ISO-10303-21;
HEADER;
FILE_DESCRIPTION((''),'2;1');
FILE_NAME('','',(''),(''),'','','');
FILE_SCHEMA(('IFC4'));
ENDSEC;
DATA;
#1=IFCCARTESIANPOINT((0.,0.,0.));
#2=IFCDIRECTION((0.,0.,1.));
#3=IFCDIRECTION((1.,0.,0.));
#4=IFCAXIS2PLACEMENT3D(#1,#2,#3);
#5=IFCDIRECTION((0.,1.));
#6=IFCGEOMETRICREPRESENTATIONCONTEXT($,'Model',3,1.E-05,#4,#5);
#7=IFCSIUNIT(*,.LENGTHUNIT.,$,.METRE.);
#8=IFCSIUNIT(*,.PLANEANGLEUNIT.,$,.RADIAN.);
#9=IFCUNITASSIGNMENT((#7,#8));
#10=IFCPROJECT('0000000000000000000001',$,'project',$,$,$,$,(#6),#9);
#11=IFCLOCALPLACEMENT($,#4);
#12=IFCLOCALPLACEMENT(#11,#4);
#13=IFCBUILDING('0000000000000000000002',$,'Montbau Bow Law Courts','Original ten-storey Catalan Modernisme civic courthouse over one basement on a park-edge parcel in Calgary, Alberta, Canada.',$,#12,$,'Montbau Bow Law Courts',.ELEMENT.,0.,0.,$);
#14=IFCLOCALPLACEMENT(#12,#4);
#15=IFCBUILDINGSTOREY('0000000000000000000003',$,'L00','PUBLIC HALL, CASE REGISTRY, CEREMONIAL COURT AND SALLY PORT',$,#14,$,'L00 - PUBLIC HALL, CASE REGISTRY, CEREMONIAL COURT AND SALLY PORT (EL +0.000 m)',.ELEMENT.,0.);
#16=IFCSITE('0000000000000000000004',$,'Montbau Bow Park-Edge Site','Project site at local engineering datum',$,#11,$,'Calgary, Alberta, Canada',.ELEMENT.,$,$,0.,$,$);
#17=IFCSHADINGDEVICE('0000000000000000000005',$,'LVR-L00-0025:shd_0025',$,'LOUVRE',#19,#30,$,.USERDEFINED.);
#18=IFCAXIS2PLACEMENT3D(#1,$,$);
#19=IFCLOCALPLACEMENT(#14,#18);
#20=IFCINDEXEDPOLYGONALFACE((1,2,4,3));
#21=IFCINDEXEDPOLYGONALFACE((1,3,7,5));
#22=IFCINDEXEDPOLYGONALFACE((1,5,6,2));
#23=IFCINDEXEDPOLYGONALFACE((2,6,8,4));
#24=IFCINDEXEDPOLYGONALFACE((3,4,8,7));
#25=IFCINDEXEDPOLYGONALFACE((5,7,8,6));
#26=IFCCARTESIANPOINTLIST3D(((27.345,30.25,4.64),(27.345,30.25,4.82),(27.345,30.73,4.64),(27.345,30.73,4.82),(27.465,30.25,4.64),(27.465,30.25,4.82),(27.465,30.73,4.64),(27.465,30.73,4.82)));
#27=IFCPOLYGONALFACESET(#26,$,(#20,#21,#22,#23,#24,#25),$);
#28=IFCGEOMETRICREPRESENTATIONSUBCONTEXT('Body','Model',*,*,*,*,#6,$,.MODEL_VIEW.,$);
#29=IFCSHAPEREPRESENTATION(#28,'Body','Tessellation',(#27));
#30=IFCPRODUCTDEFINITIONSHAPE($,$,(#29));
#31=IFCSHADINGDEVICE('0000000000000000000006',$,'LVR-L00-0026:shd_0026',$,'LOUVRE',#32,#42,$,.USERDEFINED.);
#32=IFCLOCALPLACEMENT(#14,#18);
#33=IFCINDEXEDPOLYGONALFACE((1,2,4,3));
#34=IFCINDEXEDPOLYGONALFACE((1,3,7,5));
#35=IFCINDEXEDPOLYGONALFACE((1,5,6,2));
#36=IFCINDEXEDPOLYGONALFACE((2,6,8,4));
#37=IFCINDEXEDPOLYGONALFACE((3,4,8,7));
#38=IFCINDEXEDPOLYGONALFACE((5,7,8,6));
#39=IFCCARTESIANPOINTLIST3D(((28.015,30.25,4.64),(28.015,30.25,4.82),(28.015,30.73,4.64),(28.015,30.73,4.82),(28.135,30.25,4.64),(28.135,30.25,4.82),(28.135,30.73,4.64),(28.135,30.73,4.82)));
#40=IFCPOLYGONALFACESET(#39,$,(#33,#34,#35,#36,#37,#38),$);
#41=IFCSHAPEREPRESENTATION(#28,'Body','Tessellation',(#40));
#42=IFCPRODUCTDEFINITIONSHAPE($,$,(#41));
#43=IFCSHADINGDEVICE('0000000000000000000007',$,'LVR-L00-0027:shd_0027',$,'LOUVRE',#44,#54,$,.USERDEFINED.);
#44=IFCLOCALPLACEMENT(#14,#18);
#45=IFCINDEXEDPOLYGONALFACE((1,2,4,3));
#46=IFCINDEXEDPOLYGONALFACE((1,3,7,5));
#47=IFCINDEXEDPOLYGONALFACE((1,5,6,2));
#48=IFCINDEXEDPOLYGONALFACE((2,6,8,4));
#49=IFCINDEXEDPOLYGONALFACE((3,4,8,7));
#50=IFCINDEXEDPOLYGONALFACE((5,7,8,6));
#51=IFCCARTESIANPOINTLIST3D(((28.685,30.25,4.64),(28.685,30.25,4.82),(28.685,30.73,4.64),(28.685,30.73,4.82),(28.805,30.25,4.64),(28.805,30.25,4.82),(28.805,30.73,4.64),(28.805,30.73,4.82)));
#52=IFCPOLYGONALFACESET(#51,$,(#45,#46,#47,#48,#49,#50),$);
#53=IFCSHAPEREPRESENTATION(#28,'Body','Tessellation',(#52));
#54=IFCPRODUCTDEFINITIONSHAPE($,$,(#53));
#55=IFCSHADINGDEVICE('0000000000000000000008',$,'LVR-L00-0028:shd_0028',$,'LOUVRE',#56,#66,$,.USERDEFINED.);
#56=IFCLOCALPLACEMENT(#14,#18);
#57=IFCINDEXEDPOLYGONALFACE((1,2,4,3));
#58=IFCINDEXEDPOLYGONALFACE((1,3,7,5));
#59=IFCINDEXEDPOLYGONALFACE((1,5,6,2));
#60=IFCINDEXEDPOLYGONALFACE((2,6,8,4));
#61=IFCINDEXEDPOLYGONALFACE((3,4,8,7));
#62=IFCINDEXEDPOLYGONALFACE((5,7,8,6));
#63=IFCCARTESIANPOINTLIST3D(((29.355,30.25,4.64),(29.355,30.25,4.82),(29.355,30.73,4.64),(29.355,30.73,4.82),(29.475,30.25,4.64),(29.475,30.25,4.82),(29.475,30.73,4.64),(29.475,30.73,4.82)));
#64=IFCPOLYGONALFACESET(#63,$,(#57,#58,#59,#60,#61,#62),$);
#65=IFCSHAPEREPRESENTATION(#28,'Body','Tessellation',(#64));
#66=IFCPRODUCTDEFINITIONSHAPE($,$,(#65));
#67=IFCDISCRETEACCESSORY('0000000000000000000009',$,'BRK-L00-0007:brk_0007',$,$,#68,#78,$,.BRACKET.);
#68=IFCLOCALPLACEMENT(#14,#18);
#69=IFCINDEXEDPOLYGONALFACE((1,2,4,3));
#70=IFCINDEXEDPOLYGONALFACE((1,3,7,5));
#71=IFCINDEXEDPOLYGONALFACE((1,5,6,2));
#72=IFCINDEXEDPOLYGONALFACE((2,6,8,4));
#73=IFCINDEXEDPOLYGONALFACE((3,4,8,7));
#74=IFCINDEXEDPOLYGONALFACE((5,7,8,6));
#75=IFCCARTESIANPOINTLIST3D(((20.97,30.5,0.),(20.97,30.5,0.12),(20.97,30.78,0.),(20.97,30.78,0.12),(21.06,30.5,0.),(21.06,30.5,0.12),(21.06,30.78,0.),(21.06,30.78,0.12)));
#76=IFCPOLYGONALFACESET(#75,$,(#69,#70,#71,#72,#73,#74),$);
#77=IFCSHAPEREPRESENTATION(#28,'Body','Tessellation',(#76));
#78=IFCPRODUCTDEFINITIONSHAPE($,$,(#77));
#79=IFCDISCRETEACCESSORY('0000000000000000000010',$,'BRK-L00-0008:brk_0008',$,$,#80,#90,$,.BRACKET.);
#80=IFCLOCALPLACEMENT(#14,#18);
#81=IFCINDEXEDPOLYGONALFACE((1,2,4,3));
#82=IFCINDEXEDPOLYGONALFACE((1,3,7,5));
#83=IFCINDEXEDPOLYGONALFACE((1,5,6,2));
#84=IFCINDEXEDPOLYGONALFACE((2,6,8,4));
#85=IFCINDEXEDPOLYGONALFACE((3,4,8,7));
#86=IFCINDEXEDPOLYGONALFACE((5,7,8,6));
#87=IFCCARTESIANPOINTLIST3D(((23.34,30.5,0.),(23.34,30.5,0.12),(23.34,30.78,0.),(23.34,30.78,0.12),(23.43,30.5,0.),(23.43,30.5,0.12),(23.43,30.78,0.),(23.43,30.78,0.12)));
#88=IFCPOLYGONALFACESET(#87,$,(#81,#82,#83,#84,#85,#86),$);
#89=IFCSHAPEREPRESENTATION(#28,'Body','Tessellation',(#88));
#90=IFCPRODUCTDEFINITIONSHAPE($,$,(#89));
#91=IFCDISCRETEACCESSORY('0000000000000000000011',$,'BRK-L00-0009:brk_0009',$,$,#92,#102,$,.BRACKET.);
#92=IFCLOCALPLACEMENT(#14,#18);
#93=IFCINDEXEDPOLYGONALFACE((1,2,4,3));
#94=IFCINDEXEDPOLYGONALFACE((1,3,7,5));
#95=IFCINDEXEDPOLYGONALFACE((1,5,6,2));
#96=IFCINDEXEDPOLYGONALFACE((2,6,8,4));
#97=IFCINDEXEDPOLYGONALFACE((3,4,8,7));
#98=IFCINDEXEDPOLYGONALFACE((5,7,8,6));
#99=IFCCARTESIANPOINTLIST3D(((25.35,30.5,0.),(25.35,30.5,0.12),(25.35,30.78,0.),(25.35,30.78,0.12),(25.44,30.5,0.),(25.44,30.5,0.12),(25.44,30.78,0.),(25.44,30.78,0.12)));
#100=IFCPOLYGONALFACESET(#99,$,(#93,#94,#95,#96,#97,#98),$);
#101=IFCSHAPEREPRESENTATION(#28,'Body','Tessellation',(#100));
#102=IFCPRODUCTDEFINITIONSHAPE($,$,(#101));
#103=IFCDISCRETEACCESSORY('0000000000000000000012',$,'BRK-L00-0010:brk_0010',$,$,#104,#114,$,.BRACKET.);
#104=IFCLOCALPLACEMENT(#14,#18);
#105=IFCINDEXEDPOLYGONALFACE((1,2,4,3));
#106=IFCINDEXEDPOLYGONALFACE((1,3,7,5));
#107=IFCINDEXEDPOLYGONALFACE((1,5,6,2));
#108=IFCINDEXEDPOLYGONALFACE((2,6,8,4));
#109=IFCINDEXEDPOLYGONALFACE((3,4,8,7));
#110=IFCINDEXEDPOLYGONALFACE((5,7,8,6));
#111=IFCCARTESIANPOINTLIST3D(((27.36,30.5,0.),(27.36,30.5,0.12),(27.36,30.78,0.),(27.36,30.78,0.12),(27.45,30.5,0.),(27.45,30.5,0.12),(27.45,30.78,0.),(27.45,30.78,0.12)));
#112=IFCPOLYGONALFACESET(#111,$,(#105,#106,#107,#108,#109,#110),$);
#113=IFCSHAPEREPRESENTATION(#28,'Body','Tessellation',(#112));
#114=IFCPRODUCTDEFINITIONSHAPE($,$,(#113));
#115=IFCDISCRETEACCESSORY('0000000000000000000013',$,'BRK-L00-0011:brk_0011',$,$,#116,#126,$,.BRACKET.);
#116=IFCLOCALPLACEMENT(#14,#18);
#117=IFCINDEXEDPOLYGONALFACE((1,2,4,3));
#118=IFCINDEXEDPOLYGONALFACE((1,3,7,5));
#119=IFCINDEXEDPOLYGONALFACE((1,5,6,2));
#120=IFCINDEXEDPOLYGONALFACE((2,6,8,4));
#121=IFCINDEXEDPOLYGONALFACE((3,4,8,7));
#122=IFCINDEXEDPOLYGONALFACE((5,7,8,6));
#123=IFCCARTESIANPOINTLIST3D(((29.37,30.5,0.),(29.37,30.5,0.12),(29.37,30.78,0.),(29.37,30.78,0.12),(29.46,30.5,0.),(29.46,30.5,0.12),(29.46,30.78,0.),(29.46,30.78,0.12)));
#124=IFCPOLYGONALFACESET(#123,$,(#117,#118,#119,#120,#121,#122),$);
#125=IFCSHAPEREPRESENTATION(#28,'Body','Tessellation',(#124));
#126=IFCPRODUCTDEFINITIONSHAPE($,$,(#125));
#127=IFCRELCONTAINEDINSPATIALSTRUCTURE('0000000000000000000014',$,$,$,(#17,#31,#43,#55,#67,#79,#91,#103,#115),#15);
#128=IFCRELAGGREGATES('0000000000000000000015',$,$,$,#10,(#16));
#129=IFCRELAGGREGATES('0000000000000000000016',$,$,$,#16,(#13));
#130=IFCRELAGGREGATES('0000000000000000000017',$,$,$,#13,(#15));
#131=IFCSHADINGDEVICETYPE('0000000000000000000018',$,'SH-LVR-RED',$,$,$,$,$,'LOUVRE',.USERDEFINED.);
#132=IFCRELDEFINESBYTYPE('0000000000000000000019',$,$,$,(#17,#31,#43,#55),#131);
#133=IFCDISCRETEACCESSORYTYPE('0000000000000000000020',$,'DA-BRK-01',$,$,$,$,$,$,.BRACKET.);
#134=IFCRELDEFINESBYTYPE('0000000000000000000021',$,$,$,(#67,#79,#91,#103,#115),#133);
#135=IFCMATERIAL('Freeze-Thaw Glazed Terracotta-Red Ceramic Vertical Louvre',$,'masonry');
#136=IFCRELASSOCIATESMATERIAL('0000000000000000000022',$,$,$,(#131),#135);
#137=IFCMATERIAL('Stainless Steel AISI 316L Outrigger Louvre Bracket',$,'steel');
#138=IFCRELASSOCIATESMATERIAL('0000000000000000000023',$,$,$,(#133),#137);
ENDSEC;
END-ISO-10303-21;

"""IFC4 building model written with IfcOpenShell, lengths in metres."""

from ifc_helpers import new_model, si_unit, direction, frame, origin_with_axes, origin_2d_with_axis, place, context, subcontext, project, spatial, rectangle, extrude, material, type_object, element, save


model = new_model("IFC4")

# Units and contexts
model_context = context("Model", 3, precision=1e-05, world=origin_with_axes(), true_north=direction((0.0, 1.0)))
body_context = subcontext(model_context, "Body", "Model", "MODEL_VIEW")
ifc_project = project(units=[si_unit("LENGTHUNIT", "METRE"), si_unit("PLANEANGLEUNIT", "RADIAN")], contexts=[model_context])

# Site, building, storey
site_placement = place(None, origin_with_axes())
site = spatial("IfcSite", under=ifc_project, at=site_placement, Name="Montbau Bow Park-Edge Site", Description="Project site at local engineering datum", LongName="Calgary, Alberta, Canada", CompositionType="ELEMENT", RefElevation=0.0)
building_placement = place(site_placement, origin_with_axes())
building = spatial("IfcBuilding", under=site, at=building_placement, Name="Montbau Bow Law Courts", Description="Original ten-storey Catalan Modernisme civic courthouse over one basement on a park-edge parcel in Calgary, Alberta, Canada.", LongName="Montbau Bow Law Courts", CompositionType="ELEMENT", ElevationOfRefHeight=0.0, ElevationOfTerrain=0.0)
storey_placement = place(building_placement, origin_with_axes())
storey = spatial("IfcBuildingStorey", under=building, at=storey_placement, Name="L00", Description="PUBLIC HALL, CASE REGISTRY, CEREMONIAL COURT AND SALLY PORT", LongName="L00 - PUBLIC HALL, CASE REGISTRY, CEREMONIAL COURT AND SALLY PORT (EL +0.000 m)", CompositionType="ELEMENT", Elevation=0.0)

# Shading devices
ifc_material_1 = material(Name="Freeze-Thaw Glazed Terracotta-Red Ceramic Vertical Louvre", Category="masonry")
shading_device_type = type_object("IfcShadingDeviceType", Name="SH-LVR-RED", ElementType="LOUVRE", PredefinedType="USERDEFINED", material=ifc_material_1)
for number, where, z_axis, x_axis, name in (
    (1, (27.405, 30.49, 4.64), (0.0, 0.0, 1.0), (0.0, -1.0, 0.0), "LVR-L00-0025:shd_0025"),
    (2, (28.075, 30.49, 4.64), (0.0, 0.0, 1.0), (0.0, -1.0, 0.0), "LVR-L00-0026:shd_0026"),
    (3, (28.745, 30.49, 4.64), (0.0, 0.0, 1.0), (0.0, -1.0, 0.0), "LVR-L00-0027:shd_0027"),
    (4, (29.415, 30.49, 4.64), (0.0, 0.0, 1.0), (0.0, -1.0, 0.0), "LVR-L00-0028:shd_0028"),
):
    element("IfcShadingDevice", number, at=place(None, frame(where, z_axis=z_axis, x_axis=x_axis)), inside=storey, type_object=shading_device_type, Name=name, ObjectType="LOUVRE", PredefinedType="USERDEFINED", context=body_context, shape_type="SweptSolid", body=[
        extrude(rectangle(XDim=0.48, YDim=0.12, at=origin_2d_with_axis()), origin_with_axes(), (0.0, 0.0, 1.0), 0.18),
    ])

# Discrete accessories
ifc_material_2 = material(Name="Stainless Steel AISI 316L Outrigger Louvre Bracket", Category="steel")
discrete_accessory_type = type_object("IfcDiscreteAccessoryType", Name="DA-BRK-01", PredefinedType="BRACKET", material=ifc_material_2)
for number, where, z_axis, x_axis, name in (
    (5, (21.015, 30.64, 0.0), (0.0, 0.0, 1.0), (0.0, -1.0, 0.0), "BRK-L00-0007:brk_0007"),
    (6, (23.385, 30.64, 0.0), (0.0, 0.0, 1.0), (0.0, -1.0, 0.0), "BRK-L00-0008:brk_0008"),
    (7, (25.395, 30.64, 0.0), (0.0, 0.0, 1.0), (0.0, -1.0, 0.0), "BRK-L00-0009:brk_0009"),
    (8, (27.405, 30.64, 0.0), (0.0, 0.0, 1.0), (0.0, -1.0, 0.0), "BRK-L00-0010:brk_0010"),
    (9, (29.415, 30.64, 0.0), (0.0, 0.0, 1.0), (0.0, -1.0, 0.0), "BRK-L00-0011:brk_0011"),
):
    element("IfcDiscreteAccessory", number, at=place(None, frame(where, z_axis=z_axis, x_axis=x_axis)), inside=storey, type_object=discrete_accessory_type, Name=name, PredefinedType="BRACKET", context=body_context, shape_type="SweptSolid", body=[
        extrude(rectangle(XDim=0.28, YDim=0.09, at=origin_2d_with_axis()), origin_with_axes(), (0.0, 0.0, 1.0), 0.12),
    ])

save(model, "model.ifc")
